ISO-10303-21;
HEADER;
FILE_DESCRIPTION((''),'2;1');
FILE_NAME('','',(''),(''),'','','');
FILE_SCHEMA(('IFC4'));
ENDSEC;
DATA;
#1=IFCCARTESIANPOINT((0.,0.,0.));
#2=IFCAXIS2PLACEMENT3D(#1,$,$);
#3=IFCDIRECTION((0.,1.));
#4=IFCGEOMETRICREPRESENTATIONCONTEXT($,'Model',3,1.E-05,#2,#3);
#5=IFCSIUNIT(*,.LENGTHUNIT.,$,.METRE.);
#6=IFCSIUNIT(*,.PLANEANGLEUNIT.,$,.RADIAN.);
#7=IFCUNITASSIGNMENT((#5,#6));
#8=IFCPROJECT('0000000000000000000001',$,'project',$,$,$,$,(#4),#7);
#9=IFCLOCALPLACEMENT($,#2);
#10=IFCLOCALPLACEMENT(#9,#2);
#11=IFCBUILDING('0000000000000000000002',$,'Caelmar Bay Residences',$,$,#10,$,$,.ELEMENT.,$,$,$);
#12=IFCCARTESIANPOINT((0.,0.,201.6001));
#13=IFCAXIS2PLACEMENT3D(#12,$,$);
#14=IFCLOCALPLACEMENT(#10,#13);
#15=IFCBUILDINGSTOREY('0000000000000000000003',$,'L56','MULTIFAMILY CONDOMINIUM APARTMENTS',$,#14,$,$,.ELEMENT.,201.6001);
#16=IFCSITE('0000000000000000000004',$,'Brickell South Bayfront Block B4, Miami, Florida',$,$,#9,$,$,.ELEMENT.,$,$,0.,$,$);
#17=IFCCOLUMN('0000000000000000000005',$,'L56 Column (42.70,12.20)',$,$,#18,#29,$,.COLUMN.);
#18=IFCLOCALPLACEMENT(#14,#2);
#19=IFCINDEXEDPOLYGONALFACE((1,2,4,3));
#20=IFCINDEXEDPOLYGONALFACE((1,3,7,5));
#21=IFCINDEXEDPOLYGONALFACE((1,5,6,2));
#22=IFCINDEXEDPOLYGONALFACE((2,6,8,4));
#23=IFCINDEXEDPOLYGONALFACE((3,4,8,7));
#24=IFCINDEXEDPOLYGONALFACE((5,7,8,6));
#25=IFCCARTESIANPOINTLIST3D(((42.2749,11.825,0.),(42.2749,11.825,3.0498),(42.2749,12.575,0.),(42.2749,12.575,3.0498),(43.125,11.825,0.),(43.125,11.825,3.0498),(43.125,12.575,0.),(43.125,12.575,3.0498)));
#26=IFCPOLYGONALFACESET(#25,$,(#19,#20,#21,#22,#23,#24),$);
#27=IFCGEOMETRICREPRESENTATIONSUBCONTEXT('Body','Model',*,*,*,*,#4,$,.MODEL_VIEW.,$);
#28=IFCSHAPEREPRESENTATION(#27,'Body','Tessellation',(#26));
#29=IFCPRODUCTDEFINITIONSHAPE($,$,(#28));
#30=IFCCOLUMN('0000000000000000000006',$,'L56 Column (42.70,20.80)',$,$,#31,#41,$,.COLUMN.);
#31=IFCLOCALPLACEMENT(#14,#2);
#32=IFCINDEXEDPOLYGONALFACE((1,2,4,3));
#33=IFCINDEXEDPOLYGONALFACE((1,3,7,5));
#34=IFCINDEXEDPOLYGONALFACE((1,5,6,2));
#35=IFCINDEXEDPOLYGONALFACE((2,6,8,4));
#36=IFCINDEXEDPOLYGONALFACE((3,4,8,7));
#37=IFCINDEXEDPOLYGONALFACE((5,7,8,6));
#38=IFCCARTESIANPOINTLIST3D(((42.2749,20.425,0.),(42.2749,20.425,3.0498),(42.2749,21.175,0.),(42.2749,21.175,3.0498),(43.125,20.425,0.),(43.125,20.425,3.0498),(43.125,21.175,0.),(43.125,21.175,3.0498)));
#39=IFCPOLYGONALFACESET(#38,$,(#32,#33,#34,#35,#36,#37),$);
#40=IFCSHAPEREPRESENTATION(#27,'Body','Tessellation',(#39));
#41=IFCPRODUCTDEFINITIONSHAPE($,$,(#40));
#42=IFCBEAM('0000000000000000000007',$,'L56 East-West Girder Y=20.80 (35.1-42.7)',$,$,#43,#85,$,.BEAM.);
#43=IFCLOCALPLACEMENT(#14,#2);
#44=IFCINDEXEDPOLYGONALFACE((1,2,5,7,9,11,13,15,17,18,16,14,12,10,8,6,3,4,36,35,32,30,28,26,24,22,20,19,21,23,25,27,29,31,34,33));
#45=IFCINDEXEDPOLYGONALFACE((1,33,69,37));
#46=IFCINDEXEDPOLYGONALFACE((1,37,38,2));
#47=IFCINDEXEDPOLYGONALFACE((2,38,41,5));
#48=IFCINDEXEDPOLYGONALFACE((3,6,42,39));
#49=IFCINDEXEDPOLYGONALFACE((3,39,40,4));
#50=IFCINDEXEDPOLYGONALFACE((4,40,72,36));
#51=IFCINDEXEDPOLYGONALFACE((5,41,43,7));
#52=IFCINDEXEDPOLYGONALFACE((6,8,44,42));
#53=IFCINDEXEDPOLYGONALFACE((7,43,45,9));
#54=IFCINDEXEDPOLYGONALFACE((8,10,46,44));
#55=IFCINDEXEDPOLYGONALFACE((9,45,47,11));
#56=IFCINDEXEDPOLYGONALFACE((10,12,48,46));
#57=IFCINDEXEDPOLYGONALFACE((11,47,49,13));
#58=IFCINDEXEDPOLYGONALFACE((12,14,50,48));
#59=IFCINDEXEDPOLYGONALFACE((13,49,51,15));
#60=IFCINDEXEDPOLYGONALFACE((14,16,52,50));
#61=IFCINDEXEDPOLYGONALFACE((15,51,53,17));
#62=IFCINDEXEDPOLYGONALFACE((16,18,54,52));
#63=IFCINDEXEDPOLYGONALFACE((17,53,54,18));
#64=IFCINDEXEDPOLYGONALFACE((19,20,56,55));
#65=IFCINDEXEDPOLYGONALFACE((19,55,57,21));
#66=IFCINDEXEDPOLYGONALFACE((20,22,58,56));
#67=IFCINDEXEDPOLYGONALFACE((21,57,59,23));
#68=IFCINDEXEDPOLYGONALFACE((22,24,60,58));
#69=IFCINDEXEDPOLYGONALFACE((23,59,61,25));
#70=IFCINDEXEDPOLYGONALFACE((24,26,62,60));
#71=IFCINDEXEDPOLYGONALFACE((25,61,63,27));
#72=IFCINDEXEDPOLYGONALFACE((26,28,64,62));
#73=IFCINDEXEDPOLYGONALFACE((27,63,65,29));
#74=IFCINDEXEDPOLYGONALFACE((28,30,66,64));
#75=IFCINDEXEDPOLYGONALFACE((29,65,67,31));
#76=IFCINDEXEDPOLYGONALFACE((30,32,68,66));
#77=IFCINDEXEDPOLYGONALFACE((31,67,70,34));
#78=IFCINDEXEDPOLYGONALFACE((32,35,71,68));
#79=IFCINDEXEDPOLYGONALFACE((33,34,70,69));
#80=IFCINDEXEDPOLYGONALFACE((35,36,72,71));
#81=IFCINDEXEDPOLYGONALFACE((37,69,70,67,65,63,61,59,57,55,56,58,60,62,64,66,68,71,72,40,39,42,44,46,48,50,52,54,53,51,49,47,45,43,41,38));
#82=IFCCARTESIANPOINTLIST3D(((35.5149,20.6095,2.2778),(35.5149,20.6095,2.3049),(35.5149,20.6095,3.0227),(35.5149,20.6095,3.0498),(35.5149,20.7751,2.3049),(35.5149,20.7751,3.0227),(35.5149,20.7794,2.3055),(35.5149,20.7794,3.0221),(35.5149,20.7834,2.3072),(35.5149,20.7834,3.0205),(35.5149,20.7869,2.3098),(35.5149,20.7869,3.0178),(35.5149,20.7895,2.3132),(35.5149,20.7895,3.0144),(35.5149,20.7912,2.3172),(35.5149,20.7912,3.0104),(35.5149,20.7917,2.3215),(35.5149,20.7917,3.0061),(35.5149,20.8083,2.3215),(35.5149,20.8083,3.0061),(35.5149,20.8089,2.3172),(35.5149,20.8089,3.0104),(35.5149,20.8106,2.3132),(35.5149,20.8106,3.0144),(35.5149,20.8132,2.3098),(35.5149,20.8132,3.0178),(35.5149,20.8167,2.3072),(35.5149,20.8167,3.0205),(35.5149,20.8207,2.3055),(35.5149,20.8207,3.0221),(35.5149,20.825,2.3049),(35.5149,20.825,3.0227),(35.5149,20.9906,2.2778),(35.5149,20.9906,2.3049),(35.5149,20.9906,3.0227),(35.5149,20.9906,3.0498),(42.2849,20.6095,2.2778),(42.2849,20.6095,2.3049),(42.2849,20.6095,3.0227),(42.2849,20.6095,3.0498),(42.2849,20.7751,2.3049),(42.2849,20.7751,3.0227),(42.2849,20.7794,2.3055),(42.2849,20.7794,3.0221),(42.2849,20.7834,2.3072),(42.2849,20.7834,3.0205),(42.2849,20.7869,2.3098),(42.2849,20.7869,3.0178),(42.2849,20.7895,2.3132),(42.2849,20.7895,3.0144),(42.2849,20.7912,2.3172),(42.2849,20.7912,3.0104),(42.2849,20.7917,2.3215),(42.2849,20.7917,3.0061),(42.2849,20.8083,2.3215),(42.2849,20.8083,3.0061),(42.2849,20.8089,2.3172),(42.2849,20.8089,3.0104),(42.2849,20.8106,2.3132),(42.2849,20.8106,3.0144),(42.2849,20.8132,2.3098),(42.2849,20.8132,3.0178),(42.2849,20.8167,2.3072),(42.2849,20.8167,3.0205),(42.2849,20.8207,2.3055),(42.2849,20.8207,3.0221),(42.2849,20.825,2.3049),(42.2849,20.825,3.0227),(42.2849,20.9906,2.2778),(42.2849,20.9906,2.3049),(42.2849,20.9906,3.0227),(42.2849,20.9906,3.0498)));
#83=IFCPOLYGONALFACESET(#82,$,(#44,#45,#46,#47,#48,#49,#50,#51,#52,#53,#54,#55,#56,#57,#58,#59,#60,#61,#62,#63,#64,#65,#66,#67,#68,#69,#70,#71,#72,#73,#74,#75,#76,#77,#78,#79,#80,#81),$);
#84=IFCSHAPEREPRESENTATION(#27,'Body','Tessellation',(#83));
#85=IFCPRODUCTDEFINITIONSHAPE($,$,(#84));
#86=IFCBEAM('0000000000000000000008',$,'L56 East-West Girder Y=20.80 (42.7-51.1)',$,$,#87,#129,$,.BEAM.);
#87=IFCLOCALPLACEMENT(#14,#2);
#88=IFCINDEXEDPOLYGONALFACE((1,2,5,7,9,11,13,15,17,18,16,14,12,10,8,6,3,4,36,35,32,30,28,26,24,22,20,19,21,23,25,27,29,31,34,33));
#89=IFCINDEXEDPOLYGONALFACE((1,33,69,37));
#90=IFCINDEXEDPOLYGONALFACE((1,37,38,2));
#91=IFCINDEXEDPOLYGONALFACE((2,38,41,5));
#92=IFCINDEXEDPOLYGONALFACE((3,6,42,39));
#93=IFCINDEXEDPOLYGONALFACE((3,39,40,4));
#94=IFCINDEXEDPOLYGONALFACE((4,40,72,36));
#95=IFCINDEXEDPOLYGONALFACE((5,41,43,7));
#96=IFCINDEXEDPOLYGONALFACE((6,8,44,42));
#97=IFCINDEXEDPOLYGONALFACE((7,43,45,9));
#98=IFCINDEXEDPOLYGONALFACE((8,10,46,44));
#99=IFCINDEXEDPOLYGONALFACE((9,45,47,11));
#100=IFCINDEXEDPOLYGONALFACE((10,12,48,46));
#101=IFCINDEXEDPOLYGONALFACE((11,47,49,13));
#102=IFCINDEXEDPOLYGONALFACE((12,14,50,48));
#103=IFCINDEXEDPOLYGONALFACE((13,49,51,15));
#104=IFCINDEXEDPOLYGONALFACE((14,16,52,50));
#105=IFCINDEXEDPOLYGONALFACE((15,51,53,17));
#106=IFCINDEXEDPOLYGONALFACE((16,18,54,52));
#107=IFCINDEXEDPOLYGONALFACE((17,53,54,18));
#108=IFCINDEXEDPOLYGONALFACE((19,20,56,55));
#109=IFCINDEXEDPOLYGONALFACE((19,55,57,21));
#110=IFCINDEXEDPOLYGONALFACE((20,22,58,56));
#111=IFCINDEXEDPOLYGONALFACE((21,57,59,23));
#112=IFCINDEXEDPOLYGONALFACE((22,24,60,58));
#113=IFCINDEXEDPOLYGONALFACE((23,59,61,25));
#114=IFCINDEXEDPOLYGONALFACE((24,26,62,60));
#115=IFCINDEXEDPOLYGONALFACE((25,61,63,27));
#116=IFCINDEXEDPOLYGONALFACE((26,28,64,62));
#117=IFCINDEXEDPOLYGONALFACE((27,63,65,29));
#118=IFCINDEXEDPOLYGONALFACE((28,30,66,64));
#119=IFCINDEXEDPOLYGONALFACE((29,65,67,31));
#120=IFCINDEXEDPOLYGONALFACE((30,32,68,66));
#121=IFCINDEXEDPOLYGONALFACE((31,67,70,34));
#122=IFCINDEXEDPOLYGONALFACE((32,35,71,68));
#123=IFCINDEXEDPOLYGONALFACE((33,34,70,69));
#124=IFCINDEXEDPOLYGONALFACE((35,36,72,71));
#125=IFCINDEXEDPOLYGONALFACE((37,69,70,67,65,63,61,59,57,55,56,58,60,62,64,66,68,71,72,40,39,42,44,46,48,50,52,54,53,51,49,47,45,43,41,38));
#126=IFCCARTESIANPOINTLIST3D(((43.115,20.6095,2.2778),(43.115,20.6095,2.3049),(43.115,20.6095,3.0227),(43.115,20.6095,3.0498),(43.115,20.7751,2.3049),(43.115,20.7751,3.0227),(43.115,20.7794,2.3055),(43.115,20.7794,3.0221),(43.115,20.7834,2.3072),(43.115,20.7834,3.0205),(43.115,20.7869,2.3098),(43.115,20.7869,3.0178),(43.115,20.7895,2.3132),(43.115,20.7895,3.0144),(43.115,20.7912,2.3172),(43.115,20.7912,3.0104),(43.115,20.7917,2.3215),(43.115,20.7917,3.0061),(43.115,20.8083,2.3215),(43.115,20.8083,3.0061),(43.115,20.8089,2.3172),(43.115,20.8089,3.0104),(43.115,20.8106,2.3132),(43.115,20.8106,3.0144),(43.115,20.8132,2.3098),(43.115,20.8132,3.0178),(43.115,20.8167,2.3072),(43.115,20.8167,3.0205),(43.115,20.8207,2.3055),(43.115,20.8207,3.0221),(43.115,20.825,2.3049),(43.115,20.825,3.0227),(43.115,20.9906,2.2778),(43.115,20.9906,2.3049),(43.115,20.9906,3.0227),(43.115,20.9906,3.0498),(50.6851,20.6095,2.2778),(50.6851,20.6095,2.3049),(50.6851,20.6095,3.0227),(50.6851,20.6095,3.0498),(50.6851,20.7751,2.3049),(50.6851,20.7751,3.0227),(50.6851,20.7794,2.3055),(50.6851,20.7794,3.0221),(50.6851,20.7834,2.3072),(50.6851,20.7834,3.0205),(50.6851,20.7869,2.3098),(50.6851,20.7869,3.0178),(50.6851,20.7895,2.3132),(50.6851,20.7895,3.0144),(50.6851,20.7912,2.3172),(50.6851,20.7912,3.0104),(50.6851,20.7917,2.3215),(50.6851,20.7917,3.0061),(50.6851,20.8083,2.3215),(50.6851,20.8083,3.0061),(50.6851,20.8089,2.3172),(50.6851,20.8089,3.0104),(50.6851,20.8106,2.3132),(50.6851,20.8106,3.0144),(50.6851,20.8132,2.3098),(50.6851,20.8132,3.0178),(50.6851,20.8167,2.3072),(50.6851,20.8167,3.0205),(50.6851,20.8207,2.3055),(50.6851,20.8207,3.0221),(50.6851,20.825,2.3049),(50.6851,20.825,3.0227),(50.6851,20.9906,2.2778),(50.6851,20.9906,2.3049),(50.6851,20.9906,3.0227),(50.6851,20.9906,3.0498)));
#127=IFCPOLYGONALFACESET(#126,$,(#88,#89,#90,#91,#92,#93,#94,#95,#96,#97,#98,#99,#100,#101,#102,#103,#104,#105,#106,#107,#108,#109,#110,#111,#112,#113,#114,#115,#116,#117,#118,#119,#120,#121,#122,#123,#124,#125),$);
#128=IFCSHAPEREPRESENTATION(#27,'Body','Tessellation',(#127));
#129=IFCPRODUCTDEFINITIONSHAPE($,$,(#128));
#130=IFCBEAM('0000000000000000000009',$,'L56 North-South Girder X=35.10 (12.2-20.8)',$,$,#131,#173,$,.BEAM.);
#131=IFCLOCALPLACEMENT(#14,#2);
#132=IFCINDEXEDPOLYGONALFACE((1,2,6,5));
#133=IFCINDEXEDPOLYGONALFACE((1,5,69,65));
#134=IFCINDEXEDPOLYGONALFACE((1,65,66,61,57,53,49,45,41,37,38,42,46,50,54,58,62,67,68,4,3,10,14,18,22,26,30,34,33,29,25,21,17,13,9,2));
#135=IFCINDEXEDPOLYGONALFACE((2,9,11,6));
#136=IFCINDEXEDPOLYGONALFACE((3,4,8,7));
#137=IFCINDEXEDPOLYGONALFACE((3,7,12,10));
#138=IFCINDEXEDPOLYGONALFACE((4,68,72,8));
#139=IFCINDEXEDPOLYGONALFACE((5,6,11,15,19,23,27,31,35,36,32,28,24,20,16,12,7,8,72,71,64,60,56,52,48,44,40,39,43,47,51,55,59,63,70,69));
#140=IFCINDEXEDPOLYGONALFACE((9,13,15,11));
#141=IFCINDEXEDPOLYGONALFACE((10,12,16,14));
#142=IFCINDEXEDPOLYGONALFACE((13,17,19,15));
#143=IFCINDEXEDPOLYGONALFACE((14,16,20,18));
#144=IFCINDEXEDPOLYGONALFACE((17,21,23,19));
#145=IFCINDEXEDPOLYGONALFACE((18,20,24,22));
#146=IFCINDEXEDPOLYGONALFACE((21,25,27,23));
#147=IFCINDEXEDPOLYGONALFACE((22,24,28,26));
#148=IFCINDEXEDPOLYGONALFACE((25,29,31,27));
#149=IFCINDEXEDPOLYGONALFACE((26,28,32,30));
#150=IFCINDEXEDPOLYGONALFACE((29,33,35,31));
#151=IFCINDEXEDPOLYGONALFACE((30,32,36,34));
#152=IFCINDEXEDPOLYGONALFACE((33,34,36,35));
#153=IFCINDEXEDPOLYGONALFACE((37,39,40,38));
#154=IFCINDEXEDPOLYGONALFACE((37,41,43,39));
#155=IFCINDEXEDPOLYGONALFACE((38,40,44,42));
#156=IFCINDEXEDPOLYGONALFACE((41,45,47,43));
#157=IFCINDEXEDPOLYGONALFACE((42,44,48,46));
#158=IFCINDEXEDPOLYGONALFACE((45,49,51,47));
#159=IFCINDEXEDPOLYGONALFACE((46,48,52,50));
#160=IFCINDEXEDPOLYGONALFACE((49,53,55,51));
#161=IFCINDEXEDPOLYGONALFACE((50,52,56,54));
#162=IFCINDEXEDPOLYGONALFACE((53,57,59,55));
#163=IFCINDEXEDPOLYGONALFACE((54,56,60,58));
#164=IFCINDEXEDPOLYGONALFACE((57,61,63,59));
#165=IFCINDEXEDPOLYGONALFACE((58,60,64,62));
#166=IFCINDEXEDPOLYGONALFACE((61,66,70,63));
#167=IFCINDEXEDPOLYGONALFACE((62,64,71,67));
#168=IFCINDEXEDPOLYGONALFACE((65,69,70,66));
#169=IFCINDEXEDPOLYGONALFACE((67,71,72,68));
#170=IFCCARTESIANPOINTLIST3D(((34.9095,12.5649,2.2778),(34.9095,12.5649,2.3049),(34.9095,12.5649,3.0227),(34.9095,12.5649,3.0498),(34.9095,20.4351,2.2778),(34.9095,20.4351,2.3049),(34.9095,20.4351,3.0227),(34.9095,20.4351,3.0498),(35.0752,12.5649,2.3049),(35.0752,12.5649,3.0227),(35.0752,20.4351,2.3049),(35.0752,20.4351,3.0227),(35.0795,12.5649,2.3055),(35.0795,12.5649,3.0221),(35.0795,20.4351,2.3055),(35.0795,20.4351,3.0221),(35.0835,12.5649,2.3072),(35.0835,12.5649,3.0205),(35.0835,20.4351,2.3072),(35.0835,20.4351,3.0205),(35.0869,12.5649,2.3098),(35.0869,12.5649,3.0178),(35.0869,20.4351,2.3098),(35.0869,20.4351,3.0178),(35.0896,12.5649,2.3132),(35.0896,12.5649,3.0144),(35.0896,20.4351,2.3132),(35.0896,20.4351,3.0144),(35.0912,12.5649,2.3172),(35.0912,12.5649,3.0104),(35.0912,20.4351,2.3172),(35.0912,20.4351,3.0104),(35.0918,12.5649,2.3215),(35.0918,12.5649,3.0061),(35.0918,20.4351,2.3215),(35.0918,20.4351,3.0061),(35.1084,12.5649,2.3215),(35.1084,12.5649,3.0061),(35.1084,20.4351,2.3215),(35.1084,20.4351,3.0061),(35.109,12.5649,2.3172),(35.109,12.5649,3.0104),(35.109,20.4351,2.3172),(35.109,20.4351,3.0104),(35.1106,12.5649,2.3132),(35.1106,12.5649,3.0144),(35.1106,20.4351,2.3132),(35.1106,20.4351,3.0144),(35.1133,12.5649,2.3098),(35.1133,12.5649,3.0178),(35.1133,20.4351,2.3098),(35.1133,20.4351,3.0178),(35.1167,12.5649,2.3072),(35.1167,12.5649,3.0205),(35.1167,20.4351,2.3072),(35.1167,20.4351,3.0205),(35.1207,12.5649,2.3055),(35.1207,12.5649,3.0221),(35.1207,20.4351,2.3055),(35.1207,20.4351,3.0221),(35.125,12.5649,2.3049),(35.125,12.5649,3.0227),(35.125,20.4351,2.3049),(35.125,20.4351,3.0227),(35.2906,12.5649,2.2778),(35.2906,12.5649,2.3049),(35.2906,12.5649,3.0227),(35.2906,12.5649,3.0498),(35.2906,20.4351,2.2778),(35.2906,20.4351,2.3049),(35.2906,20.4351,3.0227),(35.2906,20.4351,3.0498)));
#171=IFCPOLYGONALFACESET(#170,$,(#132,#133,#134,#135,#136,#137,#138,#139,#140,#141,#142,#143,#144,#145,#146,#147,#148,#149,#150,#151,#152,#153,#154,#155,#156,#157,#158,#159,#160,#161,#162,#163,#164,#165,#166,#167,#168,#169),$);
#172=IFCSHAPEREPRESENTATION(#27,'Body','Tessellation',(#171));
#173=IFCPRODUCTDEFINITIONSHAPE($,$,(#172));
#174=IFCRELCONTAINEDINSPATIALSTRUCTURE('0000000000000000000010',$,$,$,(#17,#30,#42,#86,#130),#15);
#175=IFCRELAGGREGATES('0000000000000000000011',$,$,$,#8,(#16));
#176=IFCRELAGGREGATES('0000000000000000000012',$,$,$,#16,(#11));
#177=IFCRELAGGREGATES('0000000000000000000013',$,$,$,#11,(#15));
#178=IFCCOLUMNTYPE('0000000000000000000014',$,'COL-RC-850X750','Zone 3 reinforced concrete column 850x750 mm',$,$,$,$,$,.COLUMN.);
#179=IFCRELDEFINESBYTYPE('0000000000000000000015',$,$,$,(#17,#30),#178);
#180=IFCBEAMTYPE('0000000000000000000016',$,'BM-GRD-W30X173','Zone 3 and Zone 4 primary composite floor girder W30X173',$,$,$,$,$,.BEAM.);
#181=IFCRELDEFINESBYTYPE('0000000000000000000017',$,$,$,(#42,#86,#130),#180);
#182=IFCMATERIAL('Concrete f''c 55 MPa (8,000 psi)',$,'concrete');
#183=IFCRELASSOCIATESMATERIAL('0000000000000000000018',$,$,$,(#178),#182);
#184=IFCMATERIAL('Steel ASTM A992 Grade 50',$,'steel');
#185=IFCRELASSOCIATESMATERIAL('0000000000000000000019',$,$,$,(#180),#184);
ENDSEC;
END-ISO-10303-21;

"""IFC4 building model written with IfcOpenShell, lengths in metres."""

from ifc_helpers import new_model, si_unit, direction, frame, origin, origin_2d, place, context, subcontext, project, spatial, rectangle, i_section, extrude, material, material_profile, profile_set, type_object, element, save


model = new_model("IFC4")

# Units and contexts
model_context = context("Model", 3, precision=1e-05, world=origin(), true_north=direction((0.0, 1.0)))
body_context = subcontext(model_context, "Body", "Model", "MODEL_VIEW")
ifc_project = project(units=[si_unit("LENGTHUNIT", "METRE"), si_unit("PLANEANGLEUNIT", "RADIAN")], contexts=[model_context])

# Site, building, storey
site_placement = place(None, origin())
site = spatial("IfcSite", under=ifc_project, at=site_placement, Name="Brickell South Bayfront Block B4, Miami, Florida", CompositionType="ELEMENT", RefElevation=0.0)
building_placement = place(site_placement, origin())
building = spatial("IfcBuilding", under=site, at=building_placement, Name="Caelmar Bay Residences", CompositionType="ELEMENT")
storey_placement = place(building_placement, frame((0.0, 0.0, 201.6001)))
storey = spatial("IfcBuildingStorey", under=building, at=storey_placement, Name="L56", Description="MULTIFAMILY CONDOMINIUM APARTMENTS", CompositionType="ELEMENT", Elevation=201.6001)

# Columns
ifc_material_1 = material(Name="Concrete f'c 55 MPa (8,000 psi)", Category="concrete")
ifc_material_profile_1 = material_profile(ifc_material_1, rectangle(XDim=0.8501, YDim=0.75, at=origin_2d()), Name="RC-COL-850X750")
ifc_profile_set_1 = profile_set([ifc_material_profile_1], Name="Concrete f'c 55 MPa (8,000 psi)")
column_type = type_object("IfcColumnType", Name="COL-RC-850X750", Description="Zone 3 reinforced concrete column 850x750 mm", PredefinedType="COLUMN", material=ifc_profile_set_1)
for number, where, z_axis, x_axis, name in (
    (1, (42.7, 12.2, 0.0), (0.0, 0.0, 1.0), (1.0, 0.0, 0.0), "L56 Column (42.70,12.20)"),
    (2, (42.7, 20.8, 0.0), (0.0, 0.0, 1.0), (1.0, 0.0, 0.0), "L56 Column (42.70,20.80)"),
):
    element("IfcColumn", number, at=place(storey_placement, frame(where, z_axis=z_axis, x_axis=x_axis)), inside=storey, type_object=column_type, Name=name, PredefinedType="COLUMN", context=body_context, shape_type="SweptSolid", body=[
        extrude(rectangle(XDim=0.8501, YDim=0.75, at=origin_2d()), origin(), (0.0, 0.0, 1.0), 3.0498),
    ])

# Beams
ifc_material_2 = material(Name="Steel ASTM A992 Grade 50", Category="steel")
ifc_material_profile_2 = material_profile(ifc_material_2, i_section(OverallWidth=0.3811, OverallDepth=0.772, WebThickness=0.0166, FlangeThickness=0.0271, FilletRadius=0.0166, at=origin_2d()), Name="W30X173")
ifc_profile_set_2 = profile_set([ifc_material_profile_2], Name="Steel ASTM A992 Grade 50")
beam_type_1 = type_object("IfcBeamType", Name="BM-GRD-W30X173", Description="Zone 3 and Zone 4 primary composite floor girder W30X173", PredefinedType="BEAM", material=ifc_profile_set_2)
beam_1_placement = place(storey_placement, frame((35.5149, 20.8, 2.6638), z_axis=(1.0, 0.0, 0.0), x_axis=(0.0, 1.0, 0.0)))
element("IfcBeam", 3, at=beam_1_placement, inside=storey, type_object=beam_type_1, Name="L56 East-West Girder Y=20.80 (35.1-42.7)", PredefinedType="BEAM", context=body_context, shape_type="SweptSolid", body=[
    extrude(i_section(OverallWidth=0.3811, OverallDepth=0.772, WebThickness=0.0166, FlangeThickness=0.0271, FilletRadius=0.0166, at=origin_2d()), origin(), (0.0, 0.0, 1.0), 6.77),
])
beam_2_placement = place(storey_placement, frame((43.115, 20.8, 2.6638), z_axis=(1.0, 0.0, 0.0), x_axis=(0.0, 1.0, 0.0)))
element("IfcBeam", 4, at=beam_2_placement, inside=storey, type_object=beam_type_1, Name="L56 East-West Girder Y=20.80 (42.7-51.1)", PredefinedType="BEAM", context=body_context, shape_type="SweptSolid", body=[
    extrude(i_section(OverallWidth=0.3811, OverallDepth=0.772, WebThickness=0.0166, FlangeThickness=0.0271, FilletRadius=0.0166, at=origin_2d()), origin(), (0.0, 0.0, 1.0), 7.5701),
])
beam_3_placement = place(storey_placement, frame((35.1001, 12.5649, 2.6638), z_axis=(0.0, 1.0, 0.0), x_axis=(-1.0, 0.0, 0.0)))
element("IfcBeam", 5, at=beam_3_placement, inside=storey, type_object=beam_type_1, Name="L56 North-South Girder X=35.10 (12.2-20.8)", PredefinedType="BEAM", context=body_context, shape_type="SweptSolid", body=[
    extrude(i_section(OverallWidth=0.3811, OverallDepth=0.772, WebThickness=0.0166, FlangeThickness=0.0271, FilletRadius=0.0166, at=origin_2d()), origin(), (0.0, 0.0, 1.0), 7.8701),
])

save(model, "model.ifc")
